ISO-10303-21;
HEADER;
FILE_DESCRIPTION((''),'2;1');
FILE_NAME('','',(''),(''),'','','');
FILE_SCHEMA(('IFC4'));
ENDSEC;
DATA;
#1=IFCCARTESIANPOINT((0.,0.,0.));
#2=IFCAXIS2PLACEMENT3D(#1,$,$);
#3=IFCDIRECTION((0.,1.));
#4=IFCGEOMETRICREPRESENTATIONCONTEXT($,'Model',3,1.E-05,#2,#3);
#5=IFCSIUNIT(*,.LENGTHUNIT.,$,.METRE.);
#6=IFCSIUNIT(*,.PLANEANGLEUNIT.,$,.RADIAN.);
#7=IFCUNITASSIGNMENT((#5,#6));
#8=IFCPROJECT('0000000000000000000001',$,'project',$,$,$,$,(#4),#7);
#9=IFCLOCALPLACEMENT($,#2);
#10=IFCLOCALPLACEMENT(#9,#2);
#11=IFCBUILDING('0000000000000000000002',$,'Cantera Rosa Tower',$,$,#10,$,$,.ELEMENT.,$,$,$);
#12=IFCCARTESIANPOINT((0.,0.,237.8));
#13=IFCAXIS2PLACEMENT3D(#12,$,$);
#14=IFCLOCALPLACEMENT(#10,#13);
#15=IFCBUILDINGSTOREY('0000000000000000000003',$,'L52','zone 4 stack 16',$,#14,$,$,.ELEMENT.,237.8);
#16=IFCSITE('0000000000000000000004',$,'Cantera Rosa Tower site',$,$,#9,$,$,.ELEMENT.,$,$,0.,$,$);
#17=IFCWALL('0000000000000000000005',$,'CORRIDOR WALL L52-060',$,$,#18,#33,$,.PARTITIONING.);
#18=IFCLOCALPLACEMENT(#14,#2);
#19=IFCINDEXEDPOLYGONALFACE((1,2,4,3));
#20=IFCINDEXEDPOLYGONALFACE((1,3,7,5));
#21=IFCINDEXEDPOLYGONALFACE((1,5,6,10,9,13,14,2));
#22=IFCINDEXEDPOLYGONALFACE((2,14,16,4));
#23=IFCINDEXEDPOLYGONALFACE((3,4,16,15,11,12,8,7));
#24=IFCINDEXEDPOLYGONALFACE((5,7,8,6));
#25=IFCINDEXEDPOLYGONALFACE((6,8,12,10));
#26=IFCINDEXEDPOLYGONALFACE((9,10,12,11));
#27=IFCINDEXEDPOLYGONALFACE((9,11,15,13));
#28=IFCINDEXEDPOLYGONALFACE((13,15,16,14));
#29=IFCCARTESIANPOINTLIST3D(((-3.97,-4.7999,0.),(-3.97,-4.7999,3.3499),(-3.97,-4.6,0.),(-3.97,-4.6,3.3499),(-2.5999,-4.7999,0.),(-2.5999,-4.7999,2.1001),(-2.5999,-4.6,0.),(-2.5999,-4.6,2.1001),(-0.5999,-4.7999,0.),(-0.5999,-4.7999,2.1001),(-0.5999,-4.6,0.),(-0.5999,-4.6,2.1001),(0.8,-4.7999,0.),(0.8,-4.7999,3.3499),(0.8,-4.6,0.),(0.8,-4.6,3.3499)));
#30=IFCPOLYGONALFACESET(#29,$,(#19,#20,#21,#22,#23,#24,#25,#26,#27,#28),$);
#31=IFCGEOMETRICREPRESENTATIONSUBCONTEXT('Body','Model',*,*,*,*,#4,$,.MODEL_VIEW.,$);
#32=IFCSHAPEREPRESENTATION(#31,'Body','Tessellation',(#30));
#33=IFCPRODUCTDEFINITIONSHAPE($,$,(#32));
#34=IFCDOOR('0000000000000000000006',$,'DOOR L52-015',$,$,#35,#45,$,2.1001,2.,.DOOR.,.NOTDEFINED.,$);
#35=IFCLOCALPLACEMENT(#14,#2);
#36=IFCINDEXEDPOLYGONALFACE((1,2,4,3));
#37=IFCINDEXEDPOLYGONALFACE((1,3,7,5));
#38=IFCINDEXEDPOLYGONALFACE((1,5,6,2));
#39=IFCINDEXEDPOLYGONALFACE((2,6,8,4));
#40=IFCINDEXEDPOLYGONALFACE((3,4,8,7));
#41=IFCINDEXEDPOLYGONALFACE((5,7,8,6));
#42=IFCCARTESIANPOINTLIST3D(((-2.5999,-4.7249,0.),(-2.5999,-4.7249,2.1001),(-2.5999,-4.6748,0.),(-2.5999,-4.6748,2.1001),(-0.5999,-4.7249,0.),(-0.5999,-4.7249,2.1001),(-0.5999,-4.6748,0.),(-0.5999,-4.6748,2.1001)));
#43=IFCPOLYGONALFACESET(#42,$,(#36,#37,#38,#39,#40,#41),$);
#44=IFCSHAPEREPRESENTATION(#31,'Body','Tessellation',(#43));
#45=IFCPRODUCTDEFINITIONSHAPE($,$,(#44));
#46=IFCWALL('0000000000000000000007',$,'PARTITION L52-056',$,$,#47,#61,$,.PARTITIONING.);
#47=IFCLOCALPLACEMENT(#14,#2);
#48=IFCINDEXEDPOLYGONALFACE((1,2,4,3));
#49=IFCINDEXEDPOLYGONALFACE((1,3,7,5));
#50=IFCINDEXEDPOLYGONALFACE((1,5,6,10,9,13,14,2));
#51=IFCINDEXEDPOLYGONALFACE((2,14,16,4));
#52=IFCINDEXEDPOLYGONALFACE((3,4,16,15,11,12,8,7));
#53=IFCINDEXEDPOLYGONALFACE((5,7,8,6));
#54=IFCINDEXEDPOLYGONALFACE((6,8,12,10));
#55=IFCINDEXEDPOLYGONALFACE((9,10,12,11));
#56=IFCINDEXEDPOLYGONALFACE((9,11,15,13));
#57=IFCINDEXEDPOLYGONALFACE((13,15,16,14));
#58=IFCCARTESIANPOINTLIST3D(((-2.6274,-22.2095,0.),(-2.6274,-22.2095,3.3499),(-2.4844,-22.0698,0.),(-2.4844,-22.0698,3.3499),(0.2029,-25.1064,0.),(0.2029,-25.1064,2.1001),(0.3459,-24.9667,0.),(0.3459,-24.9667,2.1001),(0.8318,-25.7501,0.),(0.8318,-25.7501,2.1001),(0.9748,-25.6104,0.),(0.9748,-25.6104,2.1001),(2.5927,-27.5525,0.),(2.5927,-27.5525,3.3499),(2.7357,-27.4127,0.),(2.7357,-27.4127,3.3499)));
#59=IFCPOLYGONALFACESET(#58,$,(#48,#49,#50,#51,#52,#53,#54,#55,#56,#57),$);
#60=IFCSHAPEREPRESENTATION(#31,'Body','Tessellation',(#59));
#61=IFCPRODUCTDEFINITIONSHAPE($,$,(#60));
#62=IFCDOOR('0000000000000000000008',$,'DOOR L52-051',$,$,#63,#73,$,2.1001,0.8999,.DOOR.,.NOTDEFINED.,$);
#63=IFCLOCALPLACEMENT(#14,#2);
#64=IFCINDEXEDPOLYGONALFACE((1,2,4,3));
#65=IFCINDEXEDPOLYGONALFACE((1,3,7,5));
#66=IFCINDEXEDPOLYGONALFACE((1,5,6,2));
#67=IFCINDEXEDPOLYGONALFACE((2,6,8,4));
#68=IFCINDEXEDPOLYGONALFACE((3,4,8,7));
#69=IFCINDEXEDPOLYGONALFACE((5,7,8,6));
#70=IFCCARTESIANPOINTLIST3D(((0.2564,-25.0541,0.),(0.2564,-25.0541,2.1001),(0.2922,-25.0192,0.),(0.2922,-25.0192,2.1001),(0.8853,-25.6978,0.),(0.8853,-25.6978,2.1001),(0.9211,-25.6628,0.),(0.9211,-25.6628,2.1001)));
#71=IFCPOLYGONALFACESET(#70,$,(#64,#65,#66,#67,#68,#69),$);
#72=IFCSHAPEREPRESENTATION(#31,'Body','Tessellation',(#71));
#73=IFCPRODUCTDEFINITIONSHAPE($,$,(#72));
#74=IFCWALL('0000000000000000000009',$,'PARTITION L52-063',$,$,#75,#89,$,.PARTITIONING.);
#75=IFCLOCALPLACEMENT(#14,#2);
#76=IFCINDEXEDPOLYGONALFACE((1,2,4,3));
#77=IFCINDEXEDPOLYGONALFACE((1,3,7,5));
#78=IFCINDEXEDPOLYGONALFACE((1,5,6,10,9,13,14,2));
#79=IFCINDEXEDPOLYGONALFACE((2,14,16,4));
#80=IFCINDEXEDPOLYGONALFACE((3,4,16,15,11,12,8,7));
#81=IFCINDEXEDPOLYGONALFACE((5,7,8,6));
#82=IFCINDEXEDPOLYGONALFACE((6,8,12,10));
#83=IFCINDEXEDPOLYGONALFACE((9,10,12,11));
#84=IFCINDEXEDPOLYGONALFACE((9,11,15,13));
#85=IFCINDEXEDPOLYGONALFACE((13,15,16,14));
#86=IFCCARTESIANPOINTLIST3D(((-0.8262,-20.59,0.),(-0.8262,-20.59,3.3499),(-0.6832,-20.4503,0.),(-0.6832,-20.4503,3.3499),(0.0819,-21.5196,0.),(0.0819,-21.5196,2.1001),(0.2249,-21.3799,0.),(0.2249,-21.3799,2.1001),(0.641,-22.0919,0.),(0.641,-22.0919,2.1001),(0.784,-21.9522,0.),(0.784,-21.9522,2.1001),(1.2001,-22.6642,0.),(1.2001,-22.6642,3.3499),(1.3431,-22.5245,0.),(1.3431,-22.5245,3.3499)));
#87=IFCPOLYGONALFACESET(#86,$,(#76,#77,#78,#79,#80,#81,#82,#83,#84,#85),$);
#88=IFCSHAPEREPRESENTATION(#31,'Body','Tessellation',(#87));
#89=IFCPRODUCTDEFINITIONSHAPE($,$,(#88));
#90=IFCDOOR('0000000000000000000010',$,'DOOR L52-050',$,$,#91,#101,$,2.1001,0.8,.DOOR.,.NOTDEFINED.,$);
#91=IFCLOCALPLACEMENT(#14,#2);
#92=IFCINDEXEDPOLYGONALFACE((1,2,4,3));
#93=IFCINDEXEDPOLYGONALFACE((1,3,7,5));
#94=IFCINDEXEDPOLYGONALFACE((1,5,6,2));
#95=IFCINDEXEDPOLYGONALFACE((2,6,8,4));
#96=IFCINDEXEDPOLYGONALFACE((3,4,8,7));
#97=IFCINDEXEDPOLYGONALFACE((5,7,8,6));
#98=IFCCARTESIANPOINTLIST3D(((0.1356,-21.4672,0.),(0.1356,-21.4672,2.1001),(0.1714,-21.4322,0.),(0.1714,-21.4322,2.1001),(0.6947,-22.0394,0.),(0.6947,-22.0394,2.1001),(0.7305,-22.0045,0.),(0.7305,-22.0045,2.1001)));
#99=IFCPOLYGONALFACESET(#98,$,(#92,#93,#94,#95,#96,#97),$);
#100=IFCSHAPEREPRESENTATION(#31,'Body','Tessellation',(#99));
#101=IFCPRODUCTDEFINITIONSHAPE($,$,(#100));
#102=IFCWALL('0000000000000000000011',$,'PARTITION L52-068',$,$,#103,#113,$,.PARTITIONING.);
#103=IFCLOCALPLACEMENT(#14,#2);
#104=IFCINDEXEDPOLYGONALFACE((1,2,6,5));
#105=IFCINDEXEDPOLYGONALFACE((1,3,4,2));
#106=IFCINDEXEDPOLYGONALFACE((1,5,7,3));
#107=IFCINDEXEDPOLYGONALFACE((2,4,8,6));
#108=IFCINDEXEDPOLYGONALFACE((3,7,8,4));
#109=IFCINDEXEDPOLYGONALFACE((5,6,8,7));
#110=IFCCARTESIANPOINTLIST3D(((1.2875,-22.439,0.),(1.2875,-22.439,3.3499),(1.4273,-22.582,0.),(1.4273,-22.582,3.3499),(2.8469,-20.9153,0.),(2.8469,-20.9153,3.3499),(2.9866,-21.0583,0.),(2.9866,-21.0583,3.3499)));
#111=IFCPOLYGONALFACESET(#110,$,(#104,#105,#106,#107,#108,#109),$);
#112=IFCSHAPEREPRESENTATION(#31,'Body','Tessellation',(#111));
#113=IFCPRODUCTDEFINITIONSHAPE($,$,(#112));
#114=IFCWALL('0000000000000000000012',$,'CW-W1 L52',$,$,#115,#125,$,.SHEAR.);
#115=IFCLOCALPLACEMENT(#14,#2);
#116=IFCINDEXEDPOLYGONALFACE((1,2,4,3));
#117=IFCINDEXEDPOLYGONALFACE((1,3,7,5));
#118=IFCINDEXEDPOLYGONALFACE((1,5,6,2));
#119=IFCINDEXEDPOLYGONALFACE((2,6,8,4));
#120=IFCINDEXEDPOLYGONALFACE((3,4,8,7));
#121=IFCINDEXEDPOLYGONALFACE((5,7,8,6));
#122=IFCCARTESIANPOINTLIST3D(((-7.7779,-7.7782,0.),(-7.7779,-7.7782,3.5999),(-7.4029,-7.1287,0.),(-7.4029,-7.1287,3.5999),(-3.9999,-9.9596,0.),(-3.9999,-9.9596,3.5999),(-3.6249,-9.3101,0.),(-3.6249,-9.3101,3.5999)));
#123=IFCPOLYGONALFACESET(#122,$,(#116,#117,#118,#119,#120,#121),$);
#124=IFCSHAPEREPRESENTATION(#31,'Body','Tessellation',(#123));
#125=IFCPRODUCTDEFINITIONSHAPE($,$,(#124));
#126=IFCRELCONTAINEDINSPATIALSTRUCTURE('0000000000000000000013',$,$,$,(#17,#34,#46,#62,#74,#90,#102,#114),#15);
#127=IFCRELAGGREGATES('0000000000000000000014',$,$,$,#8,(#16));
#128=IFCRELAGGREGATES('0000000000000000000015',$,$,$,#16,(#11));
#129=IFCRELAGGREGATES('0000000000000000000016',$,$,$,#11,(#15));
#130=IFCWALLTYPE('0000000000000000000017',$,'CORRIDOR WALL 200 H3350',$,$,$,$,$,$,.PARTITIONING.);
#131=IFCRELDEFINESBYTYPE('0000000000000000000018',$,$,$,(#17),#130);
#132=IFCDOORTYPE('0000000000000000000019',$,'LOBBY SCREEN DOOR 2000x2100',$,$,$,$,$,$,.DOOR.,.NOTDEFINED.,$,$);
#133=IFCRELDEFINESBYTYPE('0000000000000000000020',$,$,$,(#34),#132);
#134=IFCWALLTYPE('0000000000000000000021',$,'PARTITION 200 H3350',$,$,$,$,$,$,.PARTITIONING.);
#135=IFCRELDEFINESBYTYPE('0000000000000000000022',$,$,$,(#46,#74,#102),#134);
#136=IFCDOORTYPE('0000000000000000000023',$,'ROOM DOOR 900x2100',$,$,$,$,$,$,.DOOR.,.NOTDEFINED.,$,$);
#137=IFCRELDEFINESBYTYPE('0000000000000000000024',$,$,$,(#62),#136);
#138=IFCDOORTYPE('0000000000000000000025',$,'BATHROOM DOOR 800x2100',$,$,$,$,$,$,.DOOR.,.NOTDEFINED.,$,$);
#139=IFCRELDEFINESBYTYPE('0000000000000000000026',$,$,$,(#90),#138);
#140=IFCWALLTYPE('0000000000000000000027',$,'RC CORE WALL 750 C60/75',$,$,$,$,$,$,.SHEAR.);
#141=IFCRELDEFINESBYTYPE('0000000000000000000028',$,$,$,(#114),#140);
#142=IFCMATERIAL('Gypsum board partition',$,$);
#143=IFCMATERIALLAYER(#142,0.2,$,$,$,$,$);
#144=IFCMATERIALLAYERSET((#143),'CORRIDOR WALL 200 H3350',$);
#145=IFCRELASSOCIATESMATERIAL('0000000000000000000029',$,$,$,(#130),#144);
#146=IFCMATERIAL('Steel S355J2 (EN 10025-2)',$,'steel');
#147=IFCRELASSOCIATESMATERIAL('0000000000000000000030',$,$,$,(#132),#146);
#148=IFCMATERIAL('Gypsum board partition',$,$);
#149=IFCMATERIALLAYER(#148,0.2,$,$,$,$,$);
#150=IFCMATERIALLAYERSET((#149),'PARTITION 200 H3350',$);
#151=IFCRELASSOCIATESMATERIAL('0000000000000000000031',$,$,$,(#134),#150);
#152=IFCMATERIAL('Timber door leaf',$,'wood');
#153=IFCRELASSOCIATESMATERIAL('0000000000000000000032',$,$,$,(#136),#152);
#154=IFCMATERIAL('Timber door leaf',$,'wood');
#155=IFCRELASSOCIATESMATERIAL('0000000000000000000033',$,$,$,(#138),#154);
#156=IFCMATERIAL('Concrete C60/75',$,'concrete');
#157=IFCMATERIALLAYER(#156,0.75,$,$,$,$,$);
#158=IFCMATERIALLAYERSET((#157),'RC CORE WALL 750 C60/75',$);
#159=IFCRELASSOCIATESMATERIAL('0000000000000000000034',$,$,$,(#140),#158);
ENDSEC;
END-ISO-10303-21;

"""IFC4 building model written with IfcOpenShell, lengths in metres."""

from ifc_helpers import new_model, si_unit, direction, frame, frame_2d, origin, place, context, subcontext, project, spatial, rectangle, extrude, material, layer, layer_set, type_object, element, fill, save


model = new_model("IFC4")

# Units and contexts
model_context = context("Model", 3, precision=1e-05, world=origin(), true_north=direction((0.0, 1.0)))
body_context = subcontext(model_context, "Body", "Model", "MODEL_VIEW")
ifc_project = project(units=[si_unit("LENGTHUNIT", "METRE"), si_unit("PLANEANGLEUNIT", "RADIAN")], contexts=[model_context])

# Site, building, storey
site_placement = place(None, origin())
site = spatial("IfcSite", under=ifc_project, at=site_placement, Name="Cantera Rosa Tower site", CompositionType="ELEMENT", RefElevation=0.0)
building_placement = place(site_placement, origin())
building = spatial("IfcBuilding", under=site, at=building_placement, Name="Cantera Rosa Tower", CompositionType="ELEMENT")
storey_placement = place(building_placement, frame((0.0, 0.0, 237.8)))
storey = spatial("IfcBuildingStorey", under=building, at=storey_placement, Name="L52", Description="zone 4 stack 16", CompositionType="ELEMENT", Elevation=237.8)

# Shared definitions
ifc_material_1 = material(Name="Gypsum board partition")
ifc_layer_1 = layer(ifc_material_1, 0.2)
ifc_layer_set_1 = layer_set([ifc_layer_1], Name="CORRIDOR WALL 200 H3350")
wall_type_1 = type_object("IfcWallType", Name="CORRIDOR WALL 200 H3350", PredefinedType="PARTITIONING", material=ifc_layer_set_1)

# Shared definitions
ifc_material_2 = material(Name="Steel S355J2 (EN 10025-2)", Category="steel")
door_type_1 = type_object("IfcDoorType", Name="LOBBY SCREEN DOOR 2000x2100", OperationType="NOTDEFINED", PredefinedType="DOOR", material=ifc_material_2)

# Walls, openings, doors
wall_1_placement = place(storey_placement, frame((0.8, -4.7, 0.0), z_axis=(0.0, 0.0, 1.0), x_axis=(-1.0, 0.0, 0.0)))
wall_1 = element("IfcWall", 1, at=wall_1_placement, inside=storey, type_object=wall_type_1, Name="CORRIDOR WALL L52-060", PredefinedType="PARTITIONING", context=body_context, shape_type="SweptSolid", body=[
    extrude(rectangle(XDim=4.77, YDim=0.2, at=frame_2d((2.385, 0.0))), origin(), (0.0, 0.0, 1.0), 3.3499),
])
opening_1_placement = place(wall_1_placement, frame((1.3999, 0.0, 0.0)))
opening_1 = element("IfcOpeningElement", 2, at=opening_1_placement, cuts=wall_1, PredefinedType="OPENING", context=body_context, shape_type="SweptSolid", body=[
    extrude(rectangle(XDim=2.0, YDim=2.1001, at=frame_2d((1.0, 1.05))), frame((0.0, 0.1099, 0.0), z_axis=(0.0, -1.0, 0.0), x_axis=(1.0, 0.0, 0.0)), (0.0, 0.0, 1.0), 0.22),
])
door_1_placement = place(opening_1_placement, origin())
door_1 = element("IfcDoor", 3, at=door_1_placement, inside=storey, type_object=door_type_1, Name="DOOR L52-015", OperationType="NOTDEFINED", OverallHeight=2.1001, OverallWidth=2.0, PredefinedType="DOOR", context=body_context, shape_type="SweptSolid", body=[
    extrude(rectangle(XDim=2.0, YDim=2.1001, at=frame_2d((1.0, 1.05))), frame((0.0, 0.0249, 0.0), z_axis=(0.0, -1.0, 0.0), x_axis=(1.0, 0.0, 0.0)), (0.0, 0.0, 1.0), 0.05),
])
fill(opening_1, door_1)
ifc_material_3 = material(Name="Gypsum board partition")
ifc_layer_2 = layer(ifc_material_3, 0.2)
ifc_layer_set_2 = layer_set([ifc_layer_2], Name="PARTITION 200 H3350")
wall_type_2 = type_object("IfcWallType", Name="PARTITION 200 H3350", PredefinedType="PARTITIONING", material=ifc_layer_set_2)
wall_2_placement = place(storey_placement, frame((-2.5559, -22.1396, 0.0), z_axis=(0.0, 0.0, 1.0), x_axis=(0.698839, -0.715279, 0.0)))
wall_2 = element("IfcWall", 4, at=wall_2_placement, inside=storey, type_object=wall_type_2, Name="PARTITION L52-056", PredefinedType="PARTITIONING", context=body_context, shape_type="SweptSolid", body=[
    extrude(rectangle(XDim=7.4697, YDim=0.2, at=frame_2d((3.7349, 0.0))), origin(), (0.0, 0.0, 1.0), 3.3499),
])
opening_2_placement = place(wall_2_placement, frame((4.05, 0.0, 0.0)))
opening_2 = element("IfcOpeningElement", 5, at=opening_2_placement, cuts=wall_2, PredefinedType="OPENING", context=body_context, shape_type="SweptSolid", body=[
    extrude(rectangle(XDim=0.8999, YDim=2.1001, at=frame_2d((0.45, 1.05))), frame((0.0, 0.1099, 0.0), z_axis=(0.0, -1.0, 0.0), x_axis=(1.0, 0.0, 0.0)), (0.0, 0.0, 1.0), 0.22),
])
ifc_material_4 = material(Name="Timber door leaf", Category="wood")
door_type_2 = type_object("IfcDoorType", Name="ROOM DOOR 900x2100", OperationType="NOTDEFINED", PredefinedType="DOOR", material=ifc_material_4)
door_2_placement = place(opening_2_placement, origin())
door_2 = element("IfcDoor", 6, at=door_2_placement, inside=storey, type_object=door_type_2, Name="DOOR L52-051", OperationType="NOTDEFINED", OverallHeight=2.1001, OverallWidth=0.8999, PredefinedType="DOOR", context=body_context, shape_type="SweptSolid", body=[
    extrude(rectangle(XDim=0.8999, YDim=2.1001, at=frame_2d((0.45, 1.05))), frame((0.0, 0.0249, 0.0), z_axis=(0.0, -1.0, 0.0), x_axis=(1.0, 0.0, 0.0)), (0.0, 0.0, 1.0), 0.05),
])
fill(opening_2, door_2)
wall_3_placement = place(storey_placement, frame((1.2715, -22.5942, 0.0), z_axis=(0.0, 0.0, 1.0), x_axis=(-0.698808, 0.71531, 0.0)))
wall_3 = element("IfcWall", 7, at=wall_3_placement, inside=storey, type_object=wall_type_2, Name="PARTITION L52-063", PredefinedType="PARTITIONING", context=body_context, shape_type="SweptSolid", body=[
    extrude(rectangle(XDim=2.8997, YDim=0.2, at=frame_2d((1.4497, 0.0))), origin(), (0.0, 0.0, 1.0), 3.3499),
])
opening_3_placement = place(wall_3_placement, frame((0.8, 0.0, 0.0)))
opening_3 = element("IfcOpeningElement", 8, at=opening_3_placement, cuts=wall_3, PredefinedType="OPENING", context=body_context, shape_type="SweptSolid", body=[
    extrude(rectangle(XDim=0.8, YDim=2.1001, at=frame_2d((0.3999, 1.05))), frame((0.0, 0.1099, 0.0), z_axis=(0.0, -1.0, 0.0), x_axis=(1.0, 0.0, 0.0)), (0.0, 0.0, 1.0), 0.22),
])
ifc_material_5 = material(Name="Timber door leaf", Category="wood")
door_type_3 = type_object("IfcDoorType", Name="BATHROOM DOOR 800x2100", OperationType="NOTDEFINED", PredefinedType="DOOR", material=ifc_material_5)
door_3_placement = place(opening_3_placement, origin())
door_3 = element("IfcDoor", 9, at=door_3_placement, inside=storey, type_object=door_type_3, Name="DOOR L52-050", OperationType="NOTDEFINED", OverallHeight=2.1001, OverallWidth=0.8, PredefinedType="DOOR", context=body_context, shape_type="SweptSolid", body=[
    extrude(rectangle(XDim=0.8, YDim=2.1001, at=frame_2d((0.3999, 1.05))), frame((0.0, 0.0249, 0.0), z_axis=(0.0, -1.0, 0.0), x_axis=(1.0, 0.0, 0.0)), (0.0, 0.0, 1.0), 0.05),
])
fill(opening_3, door_3)

# Walls
wall_4_placement = place(storey_placement, frame((2.9167, -20.9868, 0.0), z_axis=(0.0, 0.0, 1.0), x_axis=(-0.715234, -0.698885, 0.0)))
element("IfcWall", 10, at=wall_4_placement, inside=storey, type_object=wall_type_2, Name="PARTITION L52-068", PredefinedType="PARTITIONING", context=body_context, shape_type="SweptSolid", body=[
    extrude(rectangle(XDim=2.1802, YDim=0.2, at=frame_2d((1.0901, 0.0))), origin(), (0.0, 0.0, 1.0), 3.3499),
])
ifc_material_6 = material(Name="Concrete C60/75", Category="concrete")
ifc_layer_3 = layer(ifc_material_6, 0.75)
ifc_layer_set_3 = layer_set([ifc_layer_3], Name="RC CORE WALL 750 C60/75")
wall_type_3 = type_object("IfcWallType", Name="RC CORE WALL 750 C60/75", PredefinedType="SHEAR", material=ifc_layer_set_3)
wall_5_placement = place(storey_placement, frame((-3.8125, -9.6348, 0.0), z_axis=(0.0, 0.0, 1.0), x_axis=(-0.866013, 0.500021, 0.0)))
element("IfcWall", 11, at=wall_5_placement, inside=storey, type_object=wall_type_3, Name="CW-W1 L52", PredefinedType="SHEAR", context=body_context, shape_type="SweptSolid", body=[
    extrude(rectangle(XDim=4.3625, YDim=0.75, at=frame_2d((2.1812, 0.0))), origin(), (0.0, 0.0, 1.0), 3.5999),
])

save(model, "model.ifc")
